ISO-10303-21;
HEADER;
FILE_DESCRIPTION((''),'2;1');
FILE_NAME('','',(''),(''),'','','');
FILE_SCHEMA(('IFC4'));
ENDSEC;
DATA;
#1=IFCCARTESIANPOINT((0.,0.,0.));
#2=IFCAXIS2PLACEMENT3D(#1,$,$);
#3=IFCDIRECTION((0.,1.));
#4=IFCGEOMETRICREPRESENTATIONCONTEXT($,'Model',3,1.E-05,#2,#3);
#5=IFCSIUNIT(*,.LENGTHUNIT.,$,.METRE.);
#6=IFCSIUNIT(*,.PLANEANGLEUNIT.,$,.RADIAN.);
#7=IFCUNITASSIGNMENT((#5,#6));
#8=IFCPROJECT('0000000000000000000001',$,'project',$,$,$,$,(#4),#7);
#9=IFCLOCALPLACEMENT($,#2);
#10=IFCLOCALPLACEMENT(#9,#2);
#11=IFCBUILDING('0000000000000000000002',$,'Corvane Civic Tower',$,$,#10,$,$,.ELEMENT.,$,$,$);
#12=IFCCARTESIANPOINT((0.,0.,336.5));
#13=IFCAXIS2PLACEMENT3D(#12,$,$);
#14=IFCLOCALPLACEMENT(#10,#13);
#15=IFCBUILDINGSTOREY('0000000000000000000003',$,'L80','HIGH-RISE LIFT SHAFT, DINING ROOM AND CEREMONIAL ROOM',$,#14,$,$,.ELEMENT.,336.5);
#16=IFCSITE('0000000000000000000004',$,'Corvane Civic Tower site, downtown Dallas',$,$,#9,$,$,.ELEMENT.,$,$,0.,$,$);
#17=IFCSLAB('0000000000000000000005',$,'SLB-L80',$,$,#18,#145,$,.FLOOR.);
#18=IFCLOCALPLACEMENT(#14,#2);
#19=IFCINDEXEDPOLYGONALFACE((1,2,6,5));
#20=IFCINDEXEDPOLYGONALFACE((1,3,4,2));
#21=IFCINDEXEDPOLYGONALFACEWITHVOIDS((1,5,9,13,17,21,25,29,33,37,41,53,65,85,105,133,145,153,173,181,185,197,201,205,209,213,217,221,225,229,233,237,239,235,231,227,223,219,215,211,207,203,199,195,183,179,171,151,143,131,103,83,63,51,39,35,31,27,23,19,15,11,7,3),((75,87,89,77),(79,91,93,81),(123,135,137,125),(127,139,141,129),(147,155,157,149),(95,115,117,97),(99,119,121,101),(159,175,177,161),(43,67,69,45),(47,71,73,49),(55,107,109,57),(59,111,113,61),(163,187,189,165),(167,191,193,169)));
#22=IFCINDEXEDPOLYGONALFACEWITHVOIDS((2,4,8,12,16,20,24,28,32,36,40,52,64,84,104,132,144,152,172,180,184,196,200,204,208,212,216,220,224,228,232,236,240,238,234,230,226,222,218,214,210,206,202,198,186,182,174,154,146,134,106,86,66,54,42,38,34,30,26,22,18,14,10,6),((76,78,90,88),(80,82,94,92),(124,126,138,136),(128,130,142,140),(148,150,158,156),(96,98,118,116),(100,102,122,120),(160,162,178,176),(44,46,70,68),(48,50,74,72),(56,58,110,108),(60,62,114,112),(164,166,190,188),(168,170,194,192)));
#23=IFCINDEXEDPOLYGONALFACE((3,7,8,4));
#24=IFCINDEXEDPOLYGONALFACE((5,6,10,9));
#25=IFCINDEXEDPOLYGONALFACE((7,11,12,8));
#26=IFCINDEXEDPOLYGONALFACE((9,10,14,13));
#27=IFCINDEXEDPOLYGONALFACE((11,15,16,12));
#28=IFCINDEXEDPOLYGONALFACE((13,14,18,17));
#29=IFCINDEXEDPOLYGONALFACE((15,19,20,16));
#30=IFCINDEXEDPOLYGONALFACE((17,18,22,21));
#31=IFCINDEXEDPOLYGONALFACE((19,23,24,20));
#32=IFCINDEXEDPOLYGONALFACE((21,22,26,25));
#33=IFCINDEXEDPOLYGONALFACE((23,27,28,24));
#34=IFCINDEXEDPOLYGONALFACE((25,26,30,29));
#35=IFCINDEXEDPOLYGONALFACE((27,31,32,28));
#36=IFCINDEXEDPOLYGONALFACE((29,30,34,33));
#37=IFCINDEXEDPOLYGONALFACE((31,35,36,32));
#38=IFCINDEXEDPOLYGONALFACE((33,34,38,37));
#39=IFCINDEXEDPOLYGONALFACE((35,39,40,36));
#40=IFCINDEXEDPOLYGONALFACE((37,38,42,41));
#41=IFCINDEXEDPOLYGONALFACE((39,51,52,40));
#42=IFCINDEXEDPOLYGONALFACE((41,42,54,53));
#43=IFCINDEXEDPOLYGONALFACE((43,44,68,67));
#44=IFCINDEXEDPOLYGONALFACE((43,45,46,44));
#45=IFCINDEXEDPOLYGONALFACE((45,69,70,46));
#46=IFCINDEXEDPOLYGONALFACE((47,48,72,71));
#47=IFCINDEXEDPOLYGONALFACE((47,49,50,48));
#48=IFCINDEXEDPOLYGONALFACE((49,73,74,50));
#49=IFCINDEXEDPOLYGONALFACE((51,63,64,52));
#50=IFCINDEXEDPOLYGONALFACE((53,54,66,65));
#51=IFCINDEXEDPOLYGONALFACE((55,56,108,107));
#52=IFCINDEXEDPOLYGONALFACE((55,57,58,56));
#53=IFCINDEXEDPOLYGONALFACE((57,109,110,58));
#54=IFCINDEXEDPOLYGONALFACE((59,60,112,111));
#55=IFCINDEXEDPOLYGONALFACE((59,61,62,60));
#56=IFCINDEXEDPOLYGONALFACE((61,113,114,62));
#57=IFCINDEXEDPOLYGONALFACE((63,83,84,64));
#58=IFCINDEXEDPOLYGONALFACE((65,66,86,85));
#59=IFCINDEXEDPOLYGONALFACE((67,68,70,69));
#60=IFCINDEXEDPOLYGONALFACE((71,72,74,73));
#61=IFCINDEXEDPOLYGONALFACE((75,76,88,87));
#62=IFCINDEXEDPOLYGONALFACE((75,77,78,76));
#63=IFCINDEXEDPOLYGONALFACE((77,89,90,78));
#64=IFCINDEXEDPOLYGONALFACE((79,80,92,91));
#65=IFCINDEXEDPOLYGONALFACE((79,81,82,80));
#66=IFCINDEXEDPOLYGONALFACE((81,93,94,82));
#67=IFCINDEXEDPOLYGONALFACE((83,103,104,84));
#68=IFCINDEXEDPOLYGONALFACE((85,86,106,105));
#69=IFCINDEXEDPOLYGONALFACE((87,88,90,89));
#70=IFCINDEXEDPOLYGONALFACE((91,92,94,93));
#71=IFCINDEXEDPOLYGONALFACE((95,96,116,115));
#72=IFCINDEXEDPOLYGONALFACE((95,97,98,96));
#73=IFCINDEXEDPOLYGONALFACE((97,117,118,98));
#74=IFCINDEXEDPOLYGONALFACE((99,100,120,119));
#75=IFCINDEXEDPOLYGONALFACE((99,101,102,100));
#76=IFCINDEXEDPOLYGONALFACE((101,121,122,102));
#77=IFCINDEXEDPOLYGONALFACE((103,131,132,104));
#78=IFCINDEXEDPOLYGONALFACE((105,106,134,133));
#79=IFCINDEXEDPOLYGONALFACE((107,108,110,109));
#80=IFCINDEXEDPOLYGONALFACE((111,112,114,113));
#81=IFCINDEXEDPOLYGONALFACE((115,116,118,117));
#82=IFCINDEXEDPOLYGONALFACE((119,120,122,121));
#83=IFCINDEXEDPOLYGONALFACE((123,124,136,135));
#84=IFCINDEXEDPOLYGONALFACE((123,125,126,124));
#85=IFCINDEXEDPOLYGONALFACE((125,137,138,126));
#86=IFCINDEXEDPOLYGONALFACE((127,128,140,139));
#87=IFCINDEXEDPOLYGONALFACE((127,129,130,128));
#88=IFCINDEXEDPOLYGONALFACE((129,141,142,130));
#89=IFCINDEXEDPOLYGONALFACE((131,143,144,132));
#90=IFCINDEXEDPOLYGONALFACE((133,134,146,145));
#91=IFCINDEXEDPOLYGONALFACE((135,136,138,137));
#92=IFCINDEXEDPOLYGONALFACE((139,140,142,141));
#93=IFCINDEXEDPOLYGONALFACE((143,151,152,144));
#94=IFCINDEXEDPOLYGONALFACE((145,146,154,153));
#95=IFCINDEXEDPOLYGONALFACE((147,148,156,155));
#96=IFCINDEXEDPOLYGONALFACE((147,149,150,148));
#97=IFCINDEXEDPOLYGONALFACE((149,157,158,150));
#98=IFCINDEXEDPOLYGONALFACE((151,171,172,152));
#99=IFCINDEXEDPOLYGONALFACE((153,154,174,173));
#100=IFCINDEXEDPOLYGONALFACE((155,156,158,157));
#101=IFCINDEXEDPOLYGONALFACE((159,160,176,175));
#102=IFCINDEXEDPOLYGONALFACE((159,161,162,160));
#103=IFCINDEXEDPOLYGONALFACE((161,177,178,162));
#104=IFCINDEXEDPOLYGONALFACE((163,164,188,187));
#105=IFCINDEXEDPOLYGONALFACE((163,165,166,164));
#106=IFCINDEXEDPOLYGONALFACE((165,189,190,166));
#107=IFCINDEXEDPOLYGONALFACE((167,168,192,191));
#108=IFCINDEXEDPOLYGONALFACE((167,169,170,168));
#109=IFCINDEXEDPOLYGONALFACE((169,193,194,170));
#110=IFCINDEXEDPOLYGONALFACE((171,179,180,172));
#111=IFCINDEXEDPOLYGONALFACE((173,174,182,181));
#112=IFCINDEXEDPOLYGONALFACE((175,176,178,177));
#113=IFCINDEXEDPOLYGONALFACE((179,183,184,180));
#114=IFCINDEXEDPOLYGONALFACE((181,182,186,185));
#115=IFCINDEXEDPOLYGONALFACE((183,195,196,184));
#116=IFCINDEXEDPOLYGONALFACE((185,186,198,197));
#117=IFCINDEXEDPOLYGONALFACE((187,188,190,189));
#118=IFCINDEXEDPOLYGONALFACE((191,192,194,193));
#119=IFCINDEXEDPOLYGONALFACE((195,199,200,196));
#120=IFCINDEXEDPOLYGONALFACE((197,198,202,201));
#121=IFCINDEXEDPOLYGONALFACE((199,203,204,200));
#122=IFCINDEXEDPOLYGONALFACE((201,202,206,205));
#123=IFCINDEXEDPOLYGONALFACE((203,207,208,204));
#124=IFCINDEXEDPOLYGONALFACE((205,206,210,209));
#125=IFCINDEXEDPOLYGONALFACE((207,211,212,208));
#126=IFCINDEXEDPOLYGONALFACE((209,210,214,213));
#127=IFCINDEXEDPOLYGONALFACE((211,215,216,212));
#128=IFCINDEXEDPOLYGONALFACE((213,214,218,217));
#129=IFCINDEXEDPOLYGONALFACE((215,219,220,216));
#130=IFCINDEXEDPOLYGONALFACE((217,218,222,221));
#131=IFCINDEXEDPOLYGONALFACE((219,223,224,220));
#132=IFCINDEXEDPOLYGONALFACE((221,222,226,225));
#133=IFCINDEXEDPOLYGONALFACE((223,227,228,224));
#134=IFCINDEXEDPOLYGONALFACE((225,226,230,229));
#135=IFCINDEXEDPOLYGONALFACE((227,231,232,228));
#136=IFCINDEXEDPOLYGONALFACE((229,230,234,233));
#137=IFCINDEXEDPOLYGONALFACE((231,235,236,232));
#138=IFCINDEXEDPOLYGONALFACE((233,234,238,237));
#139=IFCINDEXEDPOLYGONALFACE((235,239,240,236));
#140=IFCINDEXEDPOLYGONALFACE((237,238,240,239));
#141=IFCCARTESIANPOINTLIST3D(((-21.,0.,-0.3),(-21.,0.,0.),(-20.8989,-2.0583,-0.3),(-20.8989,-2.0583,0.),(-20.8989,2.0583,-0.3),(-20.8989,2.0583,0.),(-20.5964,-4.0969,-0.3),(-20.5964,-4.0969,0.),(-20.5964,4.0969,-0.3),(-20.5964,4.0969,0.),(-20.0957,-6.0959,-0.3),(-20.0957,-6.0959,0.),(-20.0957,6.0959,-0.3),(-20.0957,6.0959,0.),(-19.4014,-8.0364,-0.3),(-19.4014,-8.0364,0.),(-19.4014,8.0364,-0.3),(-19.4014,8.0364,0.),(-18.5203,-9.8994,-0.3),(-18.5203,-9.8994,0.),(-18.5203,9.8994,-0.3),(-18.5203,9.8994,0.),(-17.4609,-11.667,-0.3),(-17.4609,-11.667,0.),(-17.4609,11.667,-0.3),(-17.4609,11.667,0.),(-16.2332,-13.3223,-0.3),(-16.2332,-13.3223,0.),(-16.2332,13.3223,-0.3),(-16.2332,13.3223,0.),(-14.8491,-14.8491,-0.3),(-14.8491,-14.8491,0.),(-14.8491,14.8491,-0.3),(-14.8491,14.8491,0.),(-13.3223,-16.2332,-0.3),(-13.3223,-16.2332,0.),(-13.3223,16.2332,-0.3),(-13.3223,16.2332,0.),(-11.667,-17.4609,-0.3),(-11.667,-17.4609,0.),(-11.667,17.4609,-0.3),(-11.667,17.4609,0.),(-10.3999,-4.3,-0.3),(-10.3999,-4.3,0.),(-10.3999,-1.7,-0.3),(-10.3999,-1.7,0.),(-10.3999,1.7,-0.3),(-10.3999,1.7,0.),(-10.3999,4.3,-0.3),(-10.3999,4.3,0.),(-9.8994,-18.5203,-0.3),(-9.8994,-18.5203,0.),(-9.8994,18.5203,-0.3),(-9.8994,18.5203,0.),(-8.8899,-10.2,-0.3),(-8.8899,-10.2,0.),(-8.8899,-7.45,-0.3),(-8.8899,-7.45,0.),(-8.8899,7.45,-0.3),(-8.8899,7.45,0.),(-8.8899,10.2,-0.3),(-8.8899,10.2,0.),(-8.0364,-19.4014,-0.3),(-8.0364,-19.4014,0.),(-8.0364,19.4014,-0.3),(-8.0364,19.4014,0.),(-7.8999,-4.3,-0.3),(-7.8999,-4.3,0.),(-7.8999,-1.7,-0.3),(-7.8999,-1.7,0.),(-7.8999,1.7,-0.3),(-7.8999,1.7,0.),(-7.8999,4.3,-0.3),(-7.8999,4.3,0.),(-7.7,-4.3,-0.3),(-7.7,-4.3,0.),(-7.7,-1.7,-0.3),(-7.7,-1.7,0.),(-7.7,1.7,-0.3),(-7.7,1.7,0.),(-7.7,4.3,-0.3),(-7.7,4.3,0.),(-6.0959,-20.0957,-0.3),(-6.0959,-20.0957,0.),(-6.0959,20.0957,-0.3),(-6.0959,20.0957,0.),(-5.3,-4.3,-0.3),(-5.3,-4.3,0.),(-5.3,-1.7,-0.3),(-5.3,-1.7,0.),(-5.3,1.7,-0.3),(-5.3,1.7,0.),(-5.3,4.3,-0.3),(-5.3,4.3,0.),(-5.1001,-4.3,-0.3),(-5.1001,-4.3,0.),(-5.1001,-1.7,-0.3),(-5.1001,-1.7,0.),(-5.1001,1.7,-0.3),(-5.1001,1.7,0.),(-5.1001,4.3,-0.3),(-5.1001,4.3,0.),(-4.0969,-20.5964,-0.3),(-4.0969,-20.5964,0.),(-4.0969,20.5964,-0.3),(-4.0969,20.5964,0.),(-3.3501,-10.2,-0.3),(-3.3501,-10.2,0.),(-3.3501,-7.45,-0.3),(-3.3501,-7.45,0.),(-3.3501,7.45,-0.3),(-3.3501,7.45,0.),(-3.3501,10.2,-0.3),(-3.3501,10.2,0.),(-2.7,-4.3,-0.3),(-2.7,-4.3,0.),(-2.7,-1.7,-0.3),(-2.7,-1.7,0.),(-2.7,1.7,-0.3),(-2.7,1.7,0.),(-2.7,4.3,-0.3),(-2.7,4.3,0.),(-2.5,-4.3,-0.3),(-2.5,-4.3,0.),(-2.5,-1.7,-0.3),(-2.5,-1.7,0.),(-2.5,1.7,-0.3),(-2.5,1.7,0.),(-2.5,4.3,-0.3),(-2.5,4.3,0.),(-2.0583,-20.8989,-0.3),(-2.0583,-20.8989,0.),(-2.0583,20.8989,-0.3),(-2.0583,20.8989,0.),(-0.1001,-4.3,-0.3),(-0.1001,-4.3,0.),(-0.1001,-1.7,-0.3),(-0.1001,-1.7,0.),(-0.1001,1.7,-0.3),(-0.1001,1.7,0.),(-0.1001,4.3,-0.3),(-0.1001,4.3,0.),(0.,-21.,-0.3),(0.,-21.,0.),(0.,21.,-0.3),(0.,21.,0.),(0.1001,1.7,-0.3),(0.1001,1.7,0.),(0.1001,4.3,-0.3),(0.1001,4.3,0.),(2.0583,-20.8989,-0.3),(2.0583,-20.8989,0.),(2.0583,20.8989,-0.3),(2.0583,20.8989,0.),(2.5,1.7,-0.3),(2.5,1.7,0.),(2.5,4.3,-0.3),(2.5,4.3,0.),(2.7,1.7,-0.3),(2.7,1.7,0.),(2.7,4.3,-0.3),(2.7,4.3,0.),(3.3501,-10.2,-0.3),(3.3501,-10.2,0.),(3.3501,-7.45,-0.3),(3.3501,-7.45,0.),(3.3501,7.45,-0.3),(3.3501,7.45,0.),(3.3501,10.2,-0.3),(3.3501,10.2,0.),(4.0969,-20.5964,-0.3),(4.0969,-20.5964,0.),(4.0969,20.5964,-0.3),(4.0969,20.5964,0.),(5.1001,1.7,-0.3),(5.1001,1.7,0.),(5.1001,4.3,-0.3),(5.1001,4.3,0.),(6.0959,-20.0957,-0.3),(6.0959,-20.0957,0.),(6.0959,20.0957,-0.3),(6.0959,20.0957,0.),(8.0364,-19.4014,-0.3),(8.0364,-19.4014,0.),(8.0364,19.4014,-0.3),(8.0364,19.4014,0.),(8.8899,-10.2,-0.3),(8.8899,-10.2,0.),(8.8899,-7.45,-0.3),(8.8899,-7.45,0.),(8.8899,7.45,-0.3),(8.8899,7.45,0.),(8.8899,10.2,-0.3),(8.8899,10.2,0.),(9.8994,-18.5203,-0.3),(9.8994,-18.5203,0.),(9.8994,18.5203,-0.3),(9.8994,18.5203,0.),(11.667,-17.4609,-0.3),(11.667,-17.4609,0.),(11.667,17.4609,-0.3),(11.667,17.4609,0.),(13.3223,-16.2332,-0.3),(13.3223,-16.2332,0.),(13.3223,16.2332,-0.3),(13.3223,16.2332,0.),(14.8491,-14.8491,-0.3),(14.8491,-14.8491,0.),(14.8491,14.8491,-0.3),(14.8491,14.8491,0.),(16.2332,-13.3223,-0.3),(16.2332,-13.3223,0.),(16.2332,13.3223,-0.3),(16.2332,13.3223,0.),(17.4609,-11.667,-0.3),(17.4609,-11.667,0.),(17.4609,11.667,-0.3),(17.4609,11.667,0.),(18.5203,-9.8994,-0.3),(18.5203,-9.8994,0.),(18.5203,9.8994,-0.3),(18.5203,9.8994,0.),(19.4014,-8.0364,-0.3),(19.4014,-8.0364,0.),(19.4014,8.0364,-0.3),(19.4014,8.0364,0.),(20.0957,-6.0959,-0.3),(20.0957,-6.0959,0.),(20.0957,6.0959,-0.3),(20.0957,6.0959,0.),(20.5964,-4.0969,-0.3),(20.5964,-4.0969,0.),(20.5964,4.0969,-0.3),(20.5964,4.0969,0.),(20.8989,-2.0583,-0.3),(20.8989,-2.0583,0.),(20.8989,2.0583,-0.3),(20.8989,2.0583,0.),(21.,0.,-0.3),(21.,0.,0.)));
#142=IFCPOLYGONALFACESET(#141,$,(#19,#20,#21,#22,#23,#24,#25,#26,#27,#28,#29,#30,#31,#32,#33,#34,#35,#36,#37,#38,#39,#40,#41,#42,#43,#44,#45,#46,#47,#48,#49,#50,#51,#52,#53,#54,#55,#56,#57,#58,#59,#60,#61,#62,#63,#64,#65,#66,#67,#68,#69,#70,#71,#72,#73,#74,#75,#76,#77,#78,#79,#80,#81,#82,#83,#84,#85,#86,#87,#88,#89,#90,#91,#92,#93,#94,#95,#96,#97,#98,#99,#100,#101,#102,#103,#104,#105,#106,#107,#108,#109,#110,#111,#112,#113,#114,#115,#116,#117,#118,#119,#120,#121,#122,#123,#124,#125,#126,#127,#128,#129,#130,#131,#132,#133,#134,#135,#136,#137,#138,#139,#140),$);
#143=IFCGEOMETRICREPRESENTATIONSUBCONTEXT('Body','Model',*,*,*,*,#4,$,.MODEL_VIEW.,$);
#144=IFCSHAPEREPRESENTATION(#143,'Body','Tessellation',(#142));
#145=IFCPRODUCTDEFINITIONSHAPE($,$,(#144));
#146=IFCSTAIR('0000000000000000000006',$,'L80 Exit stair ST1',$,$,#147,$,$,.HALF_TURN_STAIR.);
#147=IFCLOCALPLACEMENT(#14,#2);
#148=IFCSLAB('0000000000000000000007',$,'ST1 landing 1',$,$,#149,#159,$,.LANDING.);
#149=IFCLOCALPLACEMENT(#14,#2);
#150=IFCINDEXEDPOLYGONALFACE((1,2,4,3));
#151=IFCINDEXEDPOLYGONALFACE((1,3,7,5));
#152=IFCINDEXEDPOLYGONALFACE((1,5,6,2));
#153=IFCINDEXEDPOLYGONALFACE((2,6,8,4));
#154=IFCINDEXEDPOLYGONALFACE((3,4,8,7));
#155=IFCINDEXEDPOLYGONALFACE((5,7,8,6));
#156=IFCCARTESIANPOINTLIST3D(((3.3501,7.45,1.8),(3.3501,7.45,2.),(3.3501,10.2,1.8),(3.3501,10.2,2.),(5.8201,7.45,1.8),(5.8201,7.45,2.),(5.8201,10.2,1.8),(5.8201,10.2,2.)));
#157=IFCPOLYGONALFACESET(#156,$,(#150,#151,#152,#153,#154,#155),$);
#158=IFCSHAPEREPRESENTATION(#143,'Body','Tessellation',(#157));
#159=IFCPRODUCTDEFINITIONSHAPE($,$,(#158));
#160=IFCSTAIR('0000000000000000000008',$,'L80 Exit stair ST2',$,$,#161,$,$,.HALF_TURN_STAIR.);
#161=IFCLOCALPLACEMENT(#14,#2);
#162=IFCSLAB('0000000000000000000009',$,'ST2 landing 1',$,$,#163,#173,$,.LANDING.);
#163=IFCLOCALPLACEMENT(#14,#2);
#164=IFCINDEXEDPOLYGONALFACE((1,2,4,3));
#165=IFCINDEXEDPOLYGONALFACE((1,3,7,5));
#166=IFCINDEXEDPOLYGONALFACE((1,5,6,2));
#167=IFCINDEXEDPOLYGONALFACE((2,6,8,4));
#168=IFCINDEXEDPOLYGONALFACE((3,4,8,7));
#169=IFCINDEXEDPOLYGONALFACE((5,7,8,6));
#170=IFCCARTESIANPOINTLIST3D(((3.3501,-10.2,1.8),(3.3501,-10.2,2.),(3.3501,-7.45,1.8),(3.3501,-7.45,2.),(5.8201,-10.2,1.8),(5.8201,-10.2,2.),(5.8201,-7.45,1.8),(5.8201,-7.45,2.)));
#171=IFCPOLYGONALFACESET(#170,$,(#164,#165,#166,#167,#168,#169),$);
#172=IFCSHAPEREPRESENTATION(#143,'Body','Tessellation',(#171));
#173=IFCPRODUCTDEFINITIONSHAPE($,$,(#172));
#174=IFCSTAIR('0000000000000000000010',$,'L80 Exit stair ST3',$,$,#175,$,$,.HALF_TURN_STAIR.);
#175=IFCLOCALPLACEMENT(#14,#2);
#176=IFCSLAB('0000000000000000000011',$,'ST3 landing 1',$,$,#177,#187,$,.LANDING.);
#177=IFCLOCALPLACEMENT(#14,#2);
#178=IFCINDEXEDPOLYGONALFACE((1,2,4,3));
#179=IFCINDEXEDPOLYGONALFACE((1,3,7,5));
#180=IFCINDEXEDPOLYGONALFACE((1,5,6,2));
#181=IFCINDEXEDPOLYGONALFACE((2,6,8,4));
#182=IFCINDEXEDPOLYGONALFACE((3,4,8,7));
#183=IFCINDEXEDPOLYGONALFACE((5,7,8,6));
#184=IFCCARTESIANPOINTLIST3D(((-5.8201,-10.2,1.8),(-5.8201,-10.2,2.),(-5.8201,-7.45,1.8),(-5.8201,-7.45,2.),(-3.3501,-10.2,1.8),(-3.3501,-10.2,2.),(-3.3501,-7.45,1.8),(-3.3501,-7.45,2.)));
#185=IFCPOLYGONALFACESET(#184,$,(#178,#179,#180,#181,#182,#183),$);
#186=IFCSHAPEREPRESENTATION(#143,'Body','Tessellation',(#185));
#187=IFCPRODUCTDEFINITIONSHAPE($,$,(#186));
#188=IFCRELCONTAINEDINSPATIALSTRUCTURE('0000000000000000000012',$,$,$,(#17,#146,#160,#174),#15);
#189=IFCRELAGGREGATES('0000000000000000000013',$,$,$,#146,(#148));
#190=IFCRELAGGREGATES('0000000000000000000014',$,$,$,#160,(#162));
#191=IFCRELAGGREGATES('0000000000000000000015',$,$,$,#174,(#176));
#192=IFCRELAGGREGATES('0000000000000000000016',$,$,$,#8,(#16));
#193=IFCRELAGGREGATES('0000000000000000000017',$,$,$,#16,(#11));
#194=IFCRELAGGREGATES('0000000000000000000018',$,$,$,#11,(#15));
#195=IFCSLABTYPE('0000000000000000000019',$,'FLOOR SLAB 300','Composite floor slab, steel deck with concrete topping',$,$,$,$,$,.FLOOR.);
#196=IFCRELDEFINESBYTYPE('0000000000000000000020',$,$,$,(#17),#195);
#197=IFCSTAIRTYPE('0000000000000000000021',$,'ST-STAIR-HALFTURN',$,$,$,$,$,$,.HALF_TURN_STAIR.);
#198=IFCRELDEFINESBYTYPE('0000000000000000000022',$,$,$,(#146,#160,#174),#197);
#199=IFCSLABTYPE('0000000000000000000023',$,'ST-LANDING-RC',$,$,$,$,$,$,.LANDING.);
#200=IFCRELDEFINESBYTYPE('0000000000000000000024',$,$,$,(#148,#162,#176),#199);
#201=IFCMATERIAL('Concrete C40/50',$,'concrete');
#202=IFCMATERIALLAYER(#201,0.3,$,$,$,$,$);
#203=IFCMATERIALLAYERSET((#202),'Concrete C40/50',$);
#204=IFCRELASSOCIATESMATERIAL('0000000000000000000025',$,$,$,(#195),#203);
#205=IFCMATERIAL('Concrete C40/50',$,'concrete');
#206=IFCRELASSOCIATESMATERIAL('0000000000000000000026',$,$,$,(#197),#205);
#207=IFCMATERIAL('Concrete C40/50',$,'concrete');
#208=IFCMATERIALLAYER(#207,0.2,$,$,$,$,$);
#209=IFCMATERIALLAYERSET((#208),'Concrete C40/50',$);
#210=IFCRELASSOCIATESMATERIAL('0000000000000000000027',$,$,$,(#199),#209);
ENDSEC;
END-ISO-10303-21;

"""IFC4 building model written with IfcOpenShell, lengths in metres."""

from ifc_helpers import new_model, si_unit, direction, frame, origin, place, context, subcontext, project, spatial, polyline, outline, extrude, material, layer, layer_set, type_object, element, aggregate, save


model = new_model("IFC4")

# Units and contexts
model_context = context("Model", 3, precision=1e-05, world=origin(), true_north=direction((0.0, 1.0)))
body_context = subcontext(model_context, "Body", "Model", "MODEL_VIEW")
ifc_project = project(units=[si_unit("LENGTHUNIT", "METRE"), si_unit("PLANEANGLEUNIT", "RADIAN")], contexts=[model_context])

# Site, building, storey
site_placement = place(None, origin())
site = spatial("IfcSite", under=ifc_project, at=site_placement, Name="Corvane Civic Tower site, downtown Dallas", CompositionType="ELEMENT", RefElevation=0.0)
building_placement = place(site_placement, origin())
building = spatial("IfcBuilding", under=site, at=building_placement, Name="Corvane Civic Tower", CompositionType="ELEMENT")
storey_placement = place(building_placement, frame((0.0, 0.0, 336.5)))
storey = spatial("IfcBuildingStorey", under=building, at=storey_placement, Name="L80", Description="HIGH-RISE LIFT SHAFT, DINING ROOM AND CEREMONIAL ROOM", CompositionType="ELEMENT", Elevation=336.5)

# Slab
ifc_material_1 = material(Name="Concrete C40/50", Category="concrete")
ifc_layer_1 = layer(ifc_material_1, 0.3)
ifc_layer_set_1 = layer_set([ifc_layer_1], Name="Concrete C40/50")
slab_type_1 = type_object("IfcSlabType", Name="FLOOR SLAB 300", Description="Composite floor slab, steel deck with concrete topping", PredefinedType="FLOOR", material=ifc_layer_set_1)
slab_1_placement = place(storey_placement, frame((0.0, 0.0, -0.3)))
element("IfcSlab", 1, at=slab_1_placement, inside=storey, type_object=slab_type_1, Name="SLB-L80", PredefinedType="FLOOR", context=body_context, shape_type="SweptSolid", body=[
    extrude(outline(polyline([(0.0, 21.0), (-2.0583, 20.8989), (-4.0969, 20.5964), (-6.0959, 20.0957), (-8.0364, 19.4014), (-9.8994, 18.5203), (-11.667, 17.4609), (-13.3223, 16.2332), (-14.8491, 14.8491), (-16.2332, 13.3223), (-17.4609, 11.667), (-18.5203, 9.8994), (-19.4014, 8.0364), (-20.0957, 6.0959), (-20.5964, 4.0969), (-20.8989, 2.0583), (-21.0, 0.0), (-20.8989, -2.0583), (-20.5964, -4.0969), (-20.0957, -6.0959), (-19.4014, -8.0364), (-18.5203, -9.8994), (-17.4609, -11.667), (-16.2332, -13.3223), (-14.8491, -14.8491), (-13.3223, -16.2332), (-11.667, -17.4609), (-9.8994, -18.5203), (-8.0364, -19.4014), (-6.0959, -20.0957), (-4.0969, -20.5964), (-2.0583, -20.8989), (0.0, -21.0), (2.0583, -20.8989), (4.0969, -20.5964), (6.0959, -20.0957), (8.0364, -19.4014), (9.8994, -18.5203), (11.667, -17.4609), (13.3223, -16.2332), (14.8491, -14.8491), (16.2332, -13.3223), (17.4609, -11.667), (18.5203, -9.8994), (19.4014, -8.0364), (20.0957, -6.0959), (20.5964, -4.0969), (20.8989, -2.0583), (21.0, 0.0), (20.8989, 2.0583), (20.5964, 4.0969), (20.0957, 6.0959), (19.4014, 8.0364), (18.5203, 9.8994), (17.4609, 11.667), (16.2332, 13.3223), (14.8491, 14.8491), (13.3223, 16.2332), (11.667, 17.4609), (9.8994, 18.5203), (8.0364, 19.4014), (6.0959, 20.0957), (4.0969, 20.5964), (2.0583, 20.8989), (0.0, 21.0)]), holes=[polyline([(-10.3999, 4.3), (-7.8999, 4.3), (-7.8999, 1.7), (-10.3999, 1.7), (-10.3999, 4.3)]), polyline([(-5.3, 1.7), (-7.7, 1.7), (-7.7, 4.3), (-5.3, 4.3), (-5.3, 1.7)]), polyline([(-5.1001, 4.3), (-2.7, 4.3), (-2.7, 1.7), (-5.1001, 1.7), (-5.1001, 4.3)]), polyline([(-0.1001, 1.7), (-2.5, 1.7), (-2.5, 4.3), (-0.1001, 4.3), (-0.1001, 1.7)]), polyline([(2.5, 1.7), (0.1001, 1.7), (0.1001, 4.3), (2.5, 4.3), (2.5, 1.7)]), polyline([(2.7, 4.3), (5.1001, 4.3), (5.1001, 1.7), (2.7, 1.7), (2.7, 4.3)]), polyline([(-10.3999, -1.7), (-7.8999, -1.7), (-7.8999, -4.3), (-10.3999, -4.3), (-10.3999, -1.7)]), polyline([(-5.3, -1.7), (-5.3, -4.3), (-7.7, -4.3), (-7.7, -1.7), (-5.3, -1.7)]), polyline([(-2.7, -1.7), (-2.7, -4.3), (-5.1001, -4.3), (-5.1001, -1.7), (-2.7, -1.7)]), polyline([(-2.5, -4.3), (-2.5, -1.7), (-0.1001, -1.7), (-0.1001, -4.3), (-2.5, -4.3)]), polyline([(8.8899, 10.2), (8.8899, 7.45), (3.3501, 7.45), (3.3501, 10.2), (8.8899, 10.2)]), polyline([(-8.8899, 7.45), (-8.8899, 10.2), (-3.3501, 10.2), (-3.3501, 7.45), (-8.8899, 7.45)]), polyline([(8.8899, -7.45), (8.8899, -10.2), (3.3501, -10.2), (3.3501, -7.45), (8.8899, -7.45)]), polyline([(-8.8899, -10.2), (-8.8899, -7.45), (-3.3501, -7.45), (-3.3501, -10.2), (-8.8899, -10.2)])]), origin(), (0.0, 0.0, 1.0), 0.3),
])

# Stairs, slabs
ifc_material_2 = material(Name="Concrete C40/50", Category="concrete")
stair_type = type_object("IfcStairType", Name="ST-STAIR-HALFTURN", PredefinedType="HALF_TURN_STAIR", material=ifc_material_2)
stair_1_placement = place(storey_placement, origin())
stair_1 = element("IfcStair", 2, at=stair_1_placement, inside=storey, type_object=stair_type, Name="L80 Exit stair ST1", PredefinedType="HALF_TURN_STAIR")
ifc_material_3 = material(Name="Concrete C40/50", Category="concrete")
ifc_layer_2 = layer(ifc_material_3, 0.2)
ifc_layer_set_2 = layer_set([ifc_layer_2], Name="Concrete C40/50")
slab_type_2 = type_object("IfcSlabType", Name="ST-LANDING-RC", PredefinedType="LANDING", material=ifc_layer_set_2)
slab_2_placement = place(storey_placement, frame((0.0, 0.0, 1.8)))
slab_2 = element("IfcSlab", 3, at=slab_2_placement, type_object=slab_type_2, Name="ST1 landing 1", PredefinedType="LANDING", context=body_context, shape_type="SweptSolid", body=[
    extrude(outline(polyline([(5.8201, 10.2), (3.3501, 10.2), (3.3501, 7.45), (5.8201, 7.45), (5.8201, 10.2)])), origin(), (0.0, 0.0, 1.0), 0.2),
])
aggregate(stair_1, [slab_2])
stair_2_placement = place(storey_placement, origin())
stair_2 = element("IfcStair", 4, at=stair_2_placement, inside=storey, type_object=stair_type, Name="L80 Exit stair ST2", PredefinedType="HALF_TURN_STAIR")
slab_3_placement = place(storey_placement, frame((0.0, 0.0, 1.8)))
slab_3 = element("IfcSlab", 5, at=slab_3_placement, type_object=slab_type_2, Name="ST2 landing 1", PredefinedType="LANDING", context=body_context, shape_type="SweptSolid", body=[
    extrude(outline(polyline([(5.8201, -7.45), (3.3501, -7.45), (3.3501, -10.2), (5.8201, -10.2), (5.8201, -7.45)])), origin(), (0.0, 0.0, 1.0), 0.2),
])
aggregate(stair_2, [slab_3])
stair_3_placement = place(storey_placement, origin())
stair_3 = element("IfcStair", 6, at=stair_3_placement, inside=storey, type_object=stair_type, Name="L80 Exit stair ST3", PredefinedType="HALF_TURN_STAIR")
slab_4_placement = place(storey_placement, frame((0.0, 0.0, 1.8)))
slab_4 = element("IfcSlab", 7, at=slab_4_placement, type_object=slab_type_2, Name="ST3 landing 1", PredefinedType="LANDING", context=body_context, shape_type="SweptSolid", body=[
    extrude(outline(polyline([(-5.8201, -10.2), (-3.3501, -10.2), (-3.3501, -7.45), (-5.8201, -7.45), (-5.8201, -10.2)])), origin(), (0.0, 0.0, 1.0), 0.2),
])
aggregate(stair_3, [slab_4])

save(model, "model.ifc")
